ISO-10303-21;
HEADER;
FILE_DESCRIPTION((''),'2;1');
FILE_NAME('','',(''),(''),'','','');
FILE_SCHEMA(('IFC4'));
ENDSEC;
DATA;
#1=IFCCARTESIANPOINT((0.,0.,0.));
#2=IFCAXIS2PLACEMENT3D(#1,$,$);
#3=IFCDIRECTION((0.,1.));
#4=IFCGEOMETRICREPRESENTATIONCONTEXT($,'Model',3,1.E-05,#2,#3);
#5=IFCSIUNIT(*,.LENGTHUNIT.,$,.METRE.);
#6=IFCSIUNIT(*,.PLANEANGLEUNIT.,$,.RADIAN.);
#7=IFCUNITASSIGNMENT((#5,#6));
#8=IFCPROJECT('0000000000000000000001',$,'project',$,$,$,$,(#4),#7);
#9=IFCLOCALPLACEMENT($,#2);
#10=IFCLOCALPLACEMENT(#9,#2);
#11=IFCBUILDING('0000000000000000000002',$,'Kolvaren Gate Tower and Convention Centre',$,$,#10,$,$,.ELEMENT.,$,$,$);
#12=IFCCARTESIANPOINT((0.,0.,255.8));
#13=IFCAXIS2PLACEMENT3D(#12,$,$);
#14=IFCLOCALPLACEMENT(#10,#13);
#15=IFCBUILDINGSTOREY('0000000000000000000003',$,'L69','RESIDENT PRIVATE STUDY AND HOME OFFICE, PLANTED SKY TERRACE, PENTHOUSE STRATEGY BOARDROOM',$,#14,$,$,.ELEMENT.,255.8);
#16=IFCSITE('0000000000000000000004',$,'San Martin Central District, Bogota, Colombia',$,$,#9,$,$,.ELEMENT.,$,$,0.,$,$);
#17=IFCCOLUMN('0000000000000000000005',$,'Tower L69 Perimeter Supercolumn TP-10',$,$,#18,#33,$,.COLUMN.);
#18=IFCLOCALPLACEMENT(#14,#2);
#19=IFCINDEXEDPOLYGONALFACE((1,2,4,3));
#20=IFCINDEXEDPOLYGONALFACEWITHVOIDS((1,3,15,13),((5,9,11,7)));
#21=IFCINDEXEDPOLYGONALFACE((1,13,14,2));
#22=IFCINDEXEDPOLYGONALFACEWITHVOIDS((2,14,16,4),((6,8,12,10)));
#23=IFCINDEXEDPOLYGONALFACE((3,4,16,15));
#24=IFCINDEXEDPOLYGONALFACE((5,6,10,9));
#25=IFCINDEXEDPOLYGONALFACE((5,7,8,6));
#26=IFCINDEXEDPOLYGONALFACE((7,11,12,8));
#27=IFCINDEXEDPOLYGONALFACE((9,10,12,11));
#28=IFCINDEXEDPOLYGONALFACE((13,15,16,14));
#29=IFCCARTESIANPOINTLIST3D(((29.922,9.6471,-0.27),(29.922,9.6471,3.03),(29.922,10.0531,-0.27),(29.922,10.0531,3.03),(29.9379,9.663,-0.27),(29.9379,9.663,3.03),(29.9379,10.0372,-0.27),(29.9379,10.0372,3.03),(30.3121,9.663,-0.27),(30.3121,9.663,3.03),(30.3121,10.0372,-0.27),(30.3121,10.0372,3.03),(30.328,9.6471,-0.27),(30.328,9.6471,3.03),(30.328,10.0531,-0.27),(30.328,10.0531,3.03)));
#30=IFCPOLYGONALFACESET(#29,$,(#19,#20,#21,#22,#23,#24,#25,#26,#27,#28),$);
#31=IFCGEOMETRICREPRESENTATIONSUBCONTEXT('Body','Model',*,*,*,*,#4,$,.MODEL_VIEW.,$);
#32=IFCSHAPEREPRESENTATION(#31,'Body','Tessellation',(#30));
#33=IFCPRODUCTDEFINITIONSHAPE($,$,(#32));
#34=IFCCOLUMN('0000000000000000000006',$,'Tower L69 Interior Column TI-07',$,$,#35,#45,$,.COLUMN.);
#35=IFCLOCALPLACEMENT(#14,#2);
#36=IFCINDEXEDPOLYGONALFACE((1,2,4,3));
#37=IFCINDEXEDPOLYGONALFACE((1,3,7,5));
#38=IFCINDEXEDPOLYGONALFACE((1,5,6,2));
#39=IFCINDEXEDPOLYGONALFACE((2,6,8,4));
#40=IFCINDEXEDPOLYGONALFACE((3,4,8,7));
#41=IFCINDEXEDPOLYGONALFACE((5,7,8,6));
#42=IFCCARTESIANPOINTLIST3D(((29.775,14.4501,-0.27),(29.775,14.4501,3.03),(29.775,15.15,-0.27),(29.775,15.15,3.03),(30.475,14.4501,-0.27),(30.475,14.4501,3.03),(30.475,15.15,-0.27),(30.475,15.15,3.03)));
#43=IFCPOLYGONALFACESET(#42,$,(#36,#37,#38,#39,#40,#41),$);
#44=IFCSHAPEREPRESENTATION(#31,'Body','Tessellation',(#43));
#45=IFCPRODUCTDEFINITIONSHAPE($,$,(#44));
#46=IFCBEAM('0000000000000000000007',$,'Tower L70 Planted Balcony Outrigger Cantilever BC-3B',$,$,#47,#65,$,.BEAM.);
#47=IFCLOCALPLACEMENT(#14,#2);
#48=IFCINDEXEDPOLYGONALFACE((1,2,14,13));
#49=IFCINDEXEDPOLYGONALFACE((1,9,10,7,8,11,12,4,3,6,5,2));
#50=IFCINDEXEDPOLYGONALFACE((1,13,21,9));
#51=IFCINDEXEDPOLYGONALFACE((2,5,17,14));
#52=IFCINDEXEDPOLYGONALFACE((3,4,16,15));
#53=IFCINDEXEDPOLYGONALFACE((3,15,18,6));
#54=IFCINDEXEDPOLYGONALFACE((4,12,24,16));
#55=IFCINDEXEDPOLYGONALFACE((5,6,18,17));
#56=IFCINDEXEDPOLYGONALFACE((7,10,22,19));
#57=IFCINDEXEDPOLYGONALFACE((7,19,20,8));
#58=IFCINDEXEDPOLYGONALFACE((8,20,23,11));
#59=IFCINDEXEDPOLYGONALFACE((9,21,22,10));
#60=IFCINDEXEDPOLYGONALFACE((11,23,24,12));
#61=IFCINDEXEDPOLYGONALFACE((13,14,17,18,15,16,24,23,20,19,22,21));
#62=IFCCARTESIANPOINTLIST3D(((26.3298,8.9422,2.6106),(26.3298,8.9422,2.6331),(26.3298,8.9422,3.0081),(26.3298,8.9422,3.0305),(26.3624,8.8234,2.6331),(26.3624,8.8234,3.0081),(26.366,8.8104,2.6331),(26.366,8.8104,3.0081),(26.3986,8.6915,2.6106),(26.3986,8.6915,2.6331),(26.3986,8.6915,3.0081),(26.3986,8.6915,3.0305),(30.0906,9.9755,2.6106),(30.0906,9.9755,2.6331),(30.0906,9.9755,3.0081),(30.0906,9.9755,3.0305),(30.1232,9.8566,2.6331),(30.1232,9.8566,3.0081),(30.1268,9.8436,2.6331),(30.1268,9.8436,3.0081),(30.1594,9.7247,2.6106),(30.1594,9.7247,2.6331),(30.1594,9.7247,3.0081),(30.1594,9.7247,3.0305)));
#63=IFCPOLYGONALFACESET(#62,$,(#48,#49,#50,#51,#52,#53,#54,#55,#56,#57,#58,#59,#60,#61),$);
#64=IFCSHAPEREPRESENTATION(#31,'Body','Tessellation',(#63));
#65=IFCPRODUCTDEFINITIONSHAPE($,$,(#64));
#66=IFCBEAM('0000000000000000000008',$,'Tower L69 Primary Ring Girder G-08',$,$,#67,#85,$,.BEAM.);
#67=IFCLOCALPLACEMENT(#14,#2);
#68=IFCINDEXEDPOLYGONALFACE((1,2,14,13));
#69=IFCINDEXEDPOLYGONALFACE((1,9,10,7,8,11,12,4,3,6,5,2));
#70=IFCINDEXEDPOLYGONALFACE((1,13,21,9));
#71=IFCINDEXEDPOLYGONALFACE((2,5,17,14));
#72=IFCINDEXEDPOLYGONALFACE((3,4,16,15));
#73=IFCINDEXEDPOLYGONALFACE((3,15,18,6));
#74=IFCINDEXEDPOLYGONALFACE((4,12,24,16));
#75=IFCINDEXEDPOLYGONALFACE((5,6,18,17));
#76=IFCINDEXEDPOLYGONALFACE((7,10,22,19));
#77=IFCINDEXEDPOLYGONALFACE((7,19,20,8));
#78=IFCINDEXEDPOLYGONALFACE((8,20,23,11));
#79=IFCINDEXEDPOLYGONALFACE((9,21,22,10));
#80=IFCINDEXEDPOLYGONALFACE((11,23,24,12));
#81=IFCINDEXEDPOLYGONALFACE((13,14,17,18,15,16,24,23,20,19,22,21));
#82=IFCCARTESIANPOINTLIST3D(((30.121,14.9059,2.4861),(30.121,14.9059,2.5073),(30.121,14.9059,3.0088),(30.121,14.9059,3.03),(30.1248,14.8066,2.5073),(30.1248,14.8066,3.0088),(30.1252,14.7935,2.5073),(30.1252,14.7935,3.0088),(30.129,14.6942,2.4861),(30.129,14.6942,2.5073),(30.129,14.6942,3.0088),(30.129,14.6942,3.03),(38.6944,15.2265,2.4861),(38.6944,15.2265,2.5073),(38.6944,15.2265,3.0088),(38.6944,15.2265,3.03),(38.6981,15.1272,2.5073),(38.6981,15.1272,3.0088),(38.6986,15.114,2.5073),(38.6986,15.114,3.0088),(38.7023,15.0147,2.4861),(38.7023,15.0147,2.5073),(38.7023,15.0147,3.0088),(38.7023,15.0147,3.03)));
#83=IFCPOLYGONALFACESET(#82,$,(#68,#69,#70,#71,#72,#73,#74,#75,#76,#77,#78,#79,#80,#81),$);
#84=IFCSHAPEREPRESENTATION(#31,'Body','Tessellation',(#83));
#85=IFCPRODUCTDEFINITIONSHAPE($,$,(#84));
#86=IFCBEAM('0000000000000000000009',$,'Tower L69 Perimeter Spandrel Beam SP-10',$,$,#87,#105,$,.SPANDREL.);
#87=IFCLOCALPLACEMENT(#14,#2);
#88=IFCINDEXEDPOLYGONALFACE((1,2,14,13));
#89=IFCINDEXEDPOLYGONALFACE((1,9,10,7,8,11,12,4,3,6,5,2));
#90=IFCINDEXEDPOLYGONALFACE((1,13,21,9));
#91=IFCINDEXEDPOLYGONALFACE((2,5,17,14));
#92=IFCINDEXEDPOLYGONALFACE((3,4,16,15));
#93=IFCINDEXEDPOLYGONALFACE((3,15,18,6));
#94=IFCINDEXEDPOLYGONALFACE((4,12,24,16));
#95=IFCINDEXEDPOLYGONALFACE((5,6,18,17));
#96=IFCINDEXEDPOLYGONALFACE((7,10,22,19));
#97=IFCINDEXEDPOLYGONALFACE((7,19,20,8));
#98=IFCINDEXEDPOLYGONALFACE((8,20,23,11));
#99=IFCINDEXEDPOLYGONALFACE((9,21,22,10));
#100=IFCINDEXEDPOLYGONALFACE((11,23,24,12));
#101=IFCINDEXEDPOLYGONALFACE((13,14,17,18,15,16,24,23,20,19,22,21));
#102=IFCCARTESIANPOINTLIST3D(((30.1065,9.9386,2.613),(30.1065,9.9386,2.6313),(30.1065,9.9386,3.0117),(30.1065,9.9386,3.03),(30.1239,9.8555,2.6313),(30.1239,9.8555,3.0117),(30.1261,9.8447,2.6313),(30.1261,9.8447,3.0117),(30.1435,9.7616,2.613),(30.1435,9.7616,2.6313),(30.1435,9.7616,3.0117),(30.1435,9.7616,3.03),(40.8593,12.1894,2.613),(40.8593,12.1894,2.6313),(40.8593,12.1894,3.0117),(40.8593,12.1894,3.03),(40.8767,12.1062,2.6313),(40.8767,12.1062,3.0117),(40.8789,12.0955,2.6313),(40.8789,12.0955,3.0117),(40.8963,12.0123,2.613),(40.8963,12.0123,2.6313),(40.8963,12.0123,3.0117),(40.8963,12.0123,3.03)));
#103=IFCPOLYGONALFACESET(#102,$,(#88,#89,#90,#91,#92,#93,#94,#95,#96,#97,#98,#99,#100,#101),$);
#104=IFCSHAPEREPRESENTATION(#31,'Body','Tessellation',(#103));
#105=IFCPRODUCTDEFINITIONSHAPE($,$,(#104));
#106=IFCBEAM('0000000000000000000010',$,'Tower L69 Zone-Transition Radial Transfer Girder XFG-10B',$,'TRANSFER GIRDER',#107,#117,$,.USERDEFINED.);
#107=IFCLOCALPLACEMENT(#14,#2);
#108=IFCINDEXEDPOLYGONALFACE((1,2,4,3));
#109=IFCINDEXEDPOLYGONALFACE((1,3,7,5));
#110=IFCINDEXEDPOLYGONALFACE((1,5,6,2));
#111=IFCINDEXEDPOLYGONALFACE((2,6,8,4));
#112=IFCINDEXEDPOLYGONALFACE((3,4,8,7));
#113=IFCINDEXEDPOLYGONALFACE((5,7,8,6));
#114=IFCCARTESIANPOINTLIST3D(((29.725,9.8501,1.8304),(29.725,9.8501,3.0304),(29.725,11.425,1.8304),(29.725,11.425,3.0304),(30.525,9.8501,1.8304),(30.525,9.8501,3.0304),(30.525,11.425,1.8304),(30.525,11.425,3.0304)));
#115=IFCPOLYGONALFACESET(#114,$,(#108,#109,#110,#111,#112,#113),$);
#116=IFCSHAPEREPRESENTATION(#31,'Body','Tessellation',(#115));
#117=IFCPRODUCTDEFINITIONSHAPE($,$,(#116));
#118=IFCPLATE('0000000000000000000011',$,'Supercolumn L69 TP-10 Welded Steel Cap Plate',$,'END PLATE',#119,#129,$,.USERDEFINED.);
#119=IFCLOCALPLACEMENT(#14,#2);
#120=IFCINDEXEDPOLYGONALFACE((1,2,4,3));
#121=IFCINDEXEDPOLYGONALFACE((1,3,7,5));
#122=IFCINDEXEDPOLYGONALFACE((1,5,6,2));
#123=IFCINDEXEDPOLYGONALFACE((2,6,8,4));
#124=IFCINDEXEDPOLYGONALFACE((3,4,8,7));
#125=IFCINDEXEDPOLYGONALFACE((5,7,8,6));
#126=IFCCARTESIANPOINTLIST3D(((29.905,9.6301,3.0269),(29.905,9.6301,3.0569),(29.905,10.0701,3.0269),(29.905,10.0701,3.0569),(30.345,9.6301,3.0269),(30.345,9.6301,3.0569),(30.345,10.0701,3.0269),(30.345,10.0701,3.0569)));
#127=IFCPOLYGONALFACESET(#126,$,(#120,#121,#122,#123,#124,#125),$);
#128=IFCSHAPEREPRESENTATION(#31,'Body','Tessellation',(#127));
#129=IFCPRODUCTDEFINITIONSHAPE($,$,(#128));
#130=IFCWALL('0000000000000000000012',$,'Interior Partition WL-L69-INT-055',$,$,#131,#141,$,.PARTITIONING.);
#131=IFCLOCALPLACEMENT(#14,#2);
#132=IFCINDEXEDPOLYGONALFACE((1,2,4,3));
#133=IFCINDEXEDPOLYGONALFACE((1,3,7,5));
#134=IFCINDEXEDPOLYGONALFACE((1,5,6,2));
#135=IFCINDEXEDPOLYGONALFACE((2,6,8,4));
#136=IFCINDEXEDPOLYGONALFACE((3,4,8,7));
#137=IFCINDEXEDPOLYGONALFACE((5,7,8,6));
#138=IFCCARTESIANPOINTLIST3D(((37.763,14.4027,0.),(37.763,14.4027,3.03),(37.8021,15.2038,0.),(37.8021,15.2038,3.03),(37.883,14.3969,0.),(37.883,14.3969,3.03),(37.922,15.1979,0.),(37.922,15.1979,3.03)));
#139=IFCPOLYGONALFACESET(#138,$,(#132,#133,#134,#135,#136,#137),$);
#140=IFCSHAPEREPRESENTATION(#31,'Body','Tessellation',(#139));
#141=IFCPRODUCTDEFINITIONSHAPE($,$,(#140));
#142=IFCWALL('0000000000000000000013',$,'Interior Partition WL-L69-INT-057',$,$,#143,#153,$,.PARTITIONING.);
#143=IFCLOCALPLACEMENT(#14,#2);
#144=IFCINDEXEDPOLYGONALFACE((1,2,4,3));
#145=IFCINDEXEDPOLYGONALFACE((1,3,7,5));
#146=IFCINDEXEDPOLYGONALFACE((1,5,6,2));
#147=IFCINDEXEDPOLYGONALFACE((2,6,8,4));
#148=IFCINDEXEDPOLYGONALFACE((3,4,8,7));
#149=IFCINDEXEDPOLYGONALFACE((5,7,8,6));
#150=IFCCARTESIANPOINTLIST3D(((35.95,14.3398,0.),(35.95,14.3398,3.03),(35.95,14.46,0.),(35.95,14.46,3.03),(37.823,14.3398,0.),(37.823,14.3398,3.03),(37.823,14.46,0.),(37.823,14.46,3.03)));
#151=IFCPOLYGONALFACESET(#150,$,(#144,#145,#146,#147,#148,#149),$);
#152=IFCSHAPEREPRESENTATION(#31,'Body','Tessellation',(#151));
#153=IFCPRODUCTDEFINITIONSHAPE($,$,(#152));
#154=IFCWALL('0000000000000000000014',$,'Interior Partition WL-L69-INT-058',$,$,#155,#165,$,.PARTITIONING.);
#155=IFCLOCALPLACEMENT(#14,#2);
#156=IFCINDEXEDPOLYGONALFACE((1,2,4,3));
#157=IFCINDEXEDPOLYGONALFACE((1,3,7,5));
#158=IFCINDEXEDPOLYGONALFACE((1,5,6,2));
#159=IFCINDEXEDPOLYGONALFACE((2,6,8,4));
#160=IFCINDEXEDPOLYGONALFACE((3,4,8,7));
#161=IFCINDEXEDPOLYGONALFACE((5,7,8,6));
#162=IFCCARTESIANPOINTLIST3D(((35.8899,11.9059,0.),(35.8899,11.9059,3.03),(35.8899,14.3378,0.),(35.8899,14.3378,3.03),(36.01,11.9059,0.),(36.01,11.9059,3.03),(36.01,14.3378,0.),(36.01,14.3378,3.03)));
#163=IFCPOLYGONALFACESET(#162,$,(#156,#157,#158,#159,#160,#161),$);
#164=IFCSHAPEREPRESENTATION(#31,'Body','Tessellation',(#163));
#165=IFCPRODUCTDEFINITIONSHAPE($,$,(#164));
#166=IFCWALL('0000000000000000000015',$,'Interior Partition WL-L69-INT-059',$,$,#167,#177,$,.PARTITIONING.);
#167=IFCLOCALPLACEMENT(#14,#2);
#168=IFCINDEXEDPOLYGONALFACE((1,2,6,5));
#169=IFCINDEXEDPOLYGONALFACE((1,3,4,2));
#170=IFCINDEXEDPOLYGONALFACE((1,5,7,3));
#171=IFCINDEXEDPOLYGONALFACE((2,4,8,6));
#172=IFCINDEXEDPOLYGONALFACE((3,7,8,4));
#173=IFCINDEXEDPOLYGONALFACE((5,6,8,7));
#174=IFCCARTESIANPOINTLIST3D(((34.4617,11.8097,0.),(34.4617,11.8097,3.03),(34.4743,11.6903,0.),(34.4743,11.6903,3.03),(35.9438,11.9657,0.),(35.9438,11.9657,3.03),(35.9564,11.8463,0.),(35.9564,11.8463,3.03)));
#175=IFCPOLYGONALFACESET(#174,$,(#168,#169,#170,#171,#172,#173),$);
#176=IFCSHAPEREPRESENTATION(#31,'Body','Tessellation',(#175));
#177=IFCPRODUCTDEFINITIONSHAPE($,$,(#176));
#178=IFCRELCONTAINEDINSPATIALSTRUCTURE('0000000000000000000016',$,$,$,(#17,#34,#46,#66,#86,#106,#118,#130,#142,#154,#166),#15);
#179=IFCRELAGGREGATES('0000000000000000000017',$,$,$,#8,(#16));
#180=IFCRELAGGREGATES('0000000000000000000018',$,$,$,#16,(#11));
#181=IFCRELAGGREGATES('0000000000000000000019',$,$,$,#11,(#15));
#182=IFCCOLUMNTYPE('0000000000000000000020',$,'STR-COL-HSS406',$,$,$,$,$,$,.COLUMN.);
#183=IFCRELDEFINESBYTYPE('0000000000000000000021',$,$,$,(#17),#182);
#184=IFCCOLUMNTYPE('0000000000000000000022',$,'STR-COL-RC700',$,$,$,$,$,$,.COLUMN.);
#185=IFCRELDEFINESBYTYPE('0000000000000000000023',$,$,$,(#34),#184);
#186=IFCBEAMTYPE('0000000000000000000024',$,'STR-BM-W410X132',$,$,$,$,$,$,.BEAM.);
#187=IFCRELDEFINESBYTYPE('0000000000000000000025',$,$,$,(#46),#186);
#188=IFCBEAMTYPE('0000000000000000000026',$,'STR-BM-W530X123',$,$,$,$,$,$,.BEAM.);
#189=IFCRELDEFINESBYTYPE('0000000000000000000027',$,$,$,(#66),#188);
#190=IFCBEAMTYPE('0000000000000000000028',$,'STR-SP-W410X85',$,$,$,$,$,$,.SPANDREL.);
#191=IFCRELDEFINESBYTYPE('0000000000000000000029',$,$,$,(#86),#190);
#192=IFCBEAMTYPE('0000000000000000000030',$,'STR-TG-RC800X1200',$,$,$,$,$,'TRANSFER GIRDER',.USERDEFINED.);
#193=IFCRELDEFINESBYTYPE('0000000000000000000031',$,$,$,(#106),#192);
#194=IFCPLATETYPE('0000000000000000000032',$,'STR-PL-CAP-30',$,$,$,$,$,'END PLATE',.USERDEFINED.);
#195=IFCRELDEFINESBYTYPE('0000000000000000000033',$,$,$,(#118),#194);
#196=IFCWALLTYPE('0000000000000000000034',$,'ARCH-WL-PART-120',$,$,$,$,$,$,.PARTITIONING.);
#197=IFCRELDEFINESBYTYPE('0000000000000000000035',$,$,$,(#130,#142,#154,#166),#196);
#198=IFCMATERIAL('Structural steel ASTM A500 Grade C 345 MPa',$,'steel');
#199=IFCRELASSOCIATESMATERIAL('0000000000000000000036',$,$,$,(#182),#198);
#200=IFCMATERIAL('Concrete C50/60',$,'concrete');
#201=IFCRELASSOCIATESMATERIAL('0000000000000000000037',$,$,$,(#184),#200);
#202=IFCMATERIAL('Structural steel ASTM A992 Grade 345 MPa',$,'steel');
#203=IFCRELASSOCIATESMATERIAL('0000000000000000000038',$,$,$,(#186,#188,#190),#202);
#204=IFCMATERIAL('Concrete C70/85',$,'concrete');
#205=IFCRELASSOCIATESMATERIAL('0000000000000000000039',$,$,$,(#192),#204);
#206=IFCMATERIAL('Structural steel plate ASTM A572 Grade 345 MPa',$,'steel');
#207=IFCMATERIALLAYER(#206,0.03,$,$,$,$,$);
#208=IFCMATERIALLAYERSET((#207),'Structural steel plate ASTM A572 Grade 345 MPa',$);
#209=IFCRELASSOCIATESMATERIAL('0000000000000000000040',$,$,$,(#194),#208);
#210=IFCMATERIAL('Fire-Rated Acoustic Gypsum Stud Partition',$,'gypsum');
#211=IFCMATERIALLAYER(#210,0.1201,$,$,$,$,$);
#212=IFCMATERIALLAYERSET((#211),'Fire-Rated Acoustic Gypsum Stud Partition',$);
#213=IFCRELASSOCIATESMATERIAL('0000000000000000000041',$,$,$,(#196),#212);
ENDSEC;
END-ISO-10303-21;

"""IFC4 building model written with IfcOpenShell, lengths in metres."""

from ifc_helpers import new_model, si_unit, direction, frame, frame_2d, origin, origin_2d, place, context, subcontext, project, spatial, rectangle, hollow_rectangle, i_section, extrude, material, layer, layer_set, material_profile, profile_set, type_object, element, save


model = new_model("IFC4")

# Units and contexts
model_context = context("Model", 3, precision=1e-05, world=origin(), true_north=direction((0.0, 1.0)))
body_context = subcontext(model_context, "Body", "Model", "MODEL_VIEW")
ifc_project = project(units=[si_unit("LENGTHUNIT", "METRE"), si_unit("PLANEANGLEUNIT", "RADIAN")], contexts=[model_context])

# Site, building, storey
site_placement = place(None, origin())
site = spatial("IfcSite", under=ifc_project, at=site_placement, Name="San Martin Central District, Bogota, Colombia", CompositionType="ELEMENT", RefElevation=0.0)
building_placement = place(site_placement, origin())
building = spatial("IfcBuilding", under=site, at=building_placement, Name="Kolvaren Gate Tower and Convention Centre", CompositionType="ELEMENT")
storey_placement = place(building_placement, frame((0.0, 0.0, 255.8)))
storey = spatial("IfcBuildingStorey", under=building, at=storey_placement, Name="L69", Description="RESIDENT PRIVATE STUDY AND HOME OFFICE, PLANTED SKY TERRACE, PENTHOUSE STRATEGY BOARDROOM", CompositionType="ELEMENT", Elevation=255.8)

# Columns
ifc_material_1 = material(Name="Structural steel ASTM A500 Grade C 345 MPa", Category="steel")
ifc_material_profile_1 = material_profile(ifc_material_1, hollow_rectangle(XDim=0.406, YDim=0.406, WallThickness=0.0159, at=origin_2d()), Name="HSS406X406X15.9")
ifc_profile_set_1 = profile_set([ifc_material_profile_1], Name="Structural steel ASTM A500 Grade C 345 MPa")
column_type_1 = type_object("IfcColumnType", Name="STR-COL-HSS406", PredefinedType="COLUMN", material=ifc_profile_set_1)
column_1_placement = place(storey_placement, frame((30.125, 9.8501, -0.27), z_axis=(0.0, 0.0, 1.0), x_axis=(1.0, 0.0, 0.0)))
element("IfcColumn", 1, at=column_1_placement, inside=storey, type_object=column_type_1, Name="Tower L69 Perimeter Supercolumn TP-10", PredefinedType="COLUMN", context=body_context, shape_type="SweptSolid", body=[
    extrude(hollow_rectangle(XDim=0.406, YDim=0.406, WallThickness=0.0159, at=origin_2d()), origin(), (0.0, 0.0, 1.0), 3.3),
])
ifc_material_2 = material(Name="Concrete C50/60", Category="concrete")
ifc_material_profile_2 = material_profile(ifc_material_2, rectangle(XDim=0.7, YDim=0.7, at=origin_2d()), Name="RC-COL-700X700")
ifc_profile_set_2 = profile_set([ifc_material_profile_2], Name="Concrete C50/60")
column_type_2 = type_object("IfcColumnType", Name="STR-COL-RC700", PredefinedType="COLUMN", material=ifc_profile_set_2)
column_2_placement = place(storey_placement, frame((30.125, 14.8, -0.27), z_axis=(0.0, 0.0, 1.0), x_axis=(1.0, 0.0, 0.0)))
element("IfcColumn", 2, at=column_2_placement, inside=storey, type_object=column_type_2, Name="Tower L69 Interior Column TI-07", PredefinedType="COLUMN", context=body_context, shape_type="SweptSolid", body=[
    extrude(rectangle(XDim=0.7, YDim=0.7, at=origin_2d()), origin(), (0.0, 0.0, 1.0), 3.3),
])

# Beams
ifc_material_3 = material(Name="Structural steel ASTM A992 Grade 345 MPa", Category="steel")
ifc_material_profile_3 = material_profile(ifc_material_3, i_section(OverallWidth=0.26, OverallDepth=0.4199, WebThickness=0.0134, FlangeThickness=0.0225, at=origin_2d()), Name="W410X132")
ifc_profile_set_3 = profile_set([ifc_material_profile_3], Name="Structural steel ASTM A992 Grade 345 MPa")
beam_type_1 = type_object("IfcBeamType", Name="STR-BM-W410X132", PredefinedType="BEAM", material=ifc_profile_set_3)
beam_1_placement = place(storey_placement, frame((30.125, 9.8501, 2.8206), z_axis=(-0.964271, -0.264918, 0.0), x_axis=(0.264918, -0.964271, 0.0)))
element("IfcBeam", 3, at=beam_1_placement, inside=storey, type_object=beam_type_1, Name="Tower L70 Planted Balcony Outrigger Cantilever BC-3B", PredefinedType="BEAM", context=body_context, shape_type="SweptSolid", body=[
    extrude(i_section(OverallWidth=0.26, OverallDepth=0.4199, WebThickness=0.0134, FlangeThickness=0.0225, at=origin_2d()), origin(), (0.0, 0.0, 1.0), 3.9001),
])
ifc_material_profile_4 = material_profile(ifc_material_3, i_section(OverallWidth=0.2119, OverallDepth=0.5439, WebThickness=0.0132, FlangeThickness=0.0212, at=origin_2d()), Name="W530X123")
ifc_profile_set_4 = profile_set([ifc_material_profile_4], Name="Structural steel ASTM A992 Grade 345 MPa")
beam_type_2 = type_object("IfcBeamType", Name="STR-BM-W530X123", PredefinedType="BEAM", material=ifc_profile_set_4)
beam_2_placement = place(storey_placement, frame((30.125, 14.8, 2.7581), z_axis=(0.999302, 0.037364, 0.0), x_axis=(-0.037364, 0.999302, 0.0)))
element("IfcBeam", 4, at=beam_2_placement, inside=storey, type_object=beam_type_2, Name="Tower L69 Primary Ring Girder G-08", PredefinedType="BEAM", context=body_context, shape_type="SweptSolid", body=[
    extrude(i_section(OverallWidth=0.2119, OverallDepth=0.5439, WebThickness=0.0132, FlangeThickness=0.0212, at=origin_2d()), origin(), (0.0, 0.0, 1.0), 8.5793),
])
ifc_material_profile_5 = material_profile(ifc_material_3, i_section(OverallWidth=0.1809, OverallDepth=0.417, WebThickness=0.011, FlangeThickness=0.0183, at=origin_2d()), Name="W410X85")
ifc_profile_set_5 = profile_set([ifc_material_profile_5], Name="Structural steel ASTM A992 Grade 345 MPa")
beam_type_3 = type_object("IfcBeamType", Name="STR-SP-W410X85", PredefinedType="SPANDREL", material=ifc_profile_set_5)
beam_3_placement = place(storey_placement, frame((30.125, 9.8501, 2.8215), z_axis=(0.978788, 0.204878, 0.0), x_axis=(-0.204878, 0.978788, 0.0)))
element("IfcBeam", 5, at=beam_3_placement, inside=storey, type_object=beam_type_3, Name="Tower L69 Perimeter Spandrel Beam SP-10", PredefinedType="SPANDREL", context=body_context, shape_type="SweptSolid", body=[
    extrude(i_section(OverallWidth=0.1809, OverallDepth=0.417, WebThickness=0.011, FlangeThickness=0.0183, at=origin_2d()), origin(), (0.0, 0.0, 1.0), 10.9858),
])
ifc_material_4 = material(Name="Concrete C70/85", Category="concrete")
ifc_material_profile_6 = material_profile(ifc_material_4, rectangle(XDim=0.8, YDim=1.2, at=origin_2d()), Name="RC-BM-800X1200")
ifc_profile_set_6 = profile_set([ifc_material_profile_6], Name="Concrete C70/85")
beam_type_4 = type_object("IfcBeamType", Name="STR-TG-RC800X1200", ElementType="TRANSFER GIRDER", PredefinedType="USERDEFINED", material=ifc_profile_set_6)
beam_4_placement = place(storey_placement, frame((30.125, 11.425, 2.4304), z_axis=(0.0, -1.0, 0.0), x_axis=(1.0, 0.0, 0.0)))
element("IfcBeam", 6, at=beam_4_placement, inside=storey, type_object=beam_type_4, Name="Tower L69 Zone-Transition Radial Transfer Girder XFG-10B", ObjectType="TRANSFER GIRDER", PredefinedType="USERDEFINED", context=body_context, shape_type="SweptSolid", body=[
    extrude(rectangle(XDim=0.8, YDim=1.2, at=origin_2d()), origin(), (0.0, 0.0, 1.0), 1.575),
])

# Plate
ifc_material_5 = material(Name="Structural steel plate ASTM A572 Grade 345 MPa", Category="steel")
ifc_layer_1 = layer(ifc_material_5, 0.03)
ifc_layer_set_1 = layer_set([ifc_layer_1], Name="Structural steel plate ASTM A572 Grade 345 MPa")
plate_type = type_object("IfcPlateType", Name="STR-PL-CAP-30", ElementType="END PLATE", PredefinedType="USERDEFINED", material=ifc_layer_set_1)
plate_placement = place(storey_placement, frame((30.125, 9.8501, 3.0269), z_axis=(0.0, 0.0, 1.0), x_axis=(1.0, 0.0, 0.0)))
element("IfcPlate", 7, at=plate_placement, inside=storey, type_object=plate_type, Name="Supercolumn L69 TP-10 Welded Steel Cap Plate", ObjectType="END PLATE", PredefinedType="USERDEFINED", context=body_context, shape_type="SweptSolid", body=[
    extrude(rectangle(XDim=0.4399, YDim=0.4399, at=origin_2d()), origin(), (0.0, 0.0, 1.0), 0.03),
])

# Walls
ifc_material_6 = material(Name="Fire-Rated Acoustic Gypsum Stud Partition", Category="gypsum")
ifc_layer_2 = layer(ifc_material_6, 0.1201)
ifc_layer_set_2 = layer_set([ifc_layer_2], Name="Fire-Rated Acoustic Gypsum Stud Partition")
wall_type_1 = type_object("IfcWallType", Name="ARCH-WL-PART-120", PredefinedType="PARTITIONING", material=ifc_layer_set_2)
wall_1_placement = place(storey_placement, frame((37.823, 14.3999, 0.0), z_axis=(0.0, 0.0, 1.0), x_axis=(0.048708, 0.998813, 0.0)))
element("IfcWall", 8, at=wall_1_placement, inside=storey, type_object=wall_type_1, Name="Interior Partition WL-L69-INT-055", PredefinedType="PARTITIONING", context=body_context, shape_type="SweptSolid", body=[
    extrude(rectangle(XDim=0.802, YDim=0.1201, at=frame_2d((0.4009, 0.0))), origin(), (0.0, 0.0, 1.0), 3.03),
])
wall_2_placement = place(storey_placement, frame((35.95, 14.3999, 0.0), z_axis=(0.0, 0.0, 1.0), x_axis=(1.0, 0.0, 0.0)))
element("IfcWall", 9, at=wall_2_placement, inside=storey, type_object=wall_type_1, Name="Interior Partition WL-L69-INT-057", PredefinedType="PARTITIONING", context=body_context, shape_type="SweptSolid", body=[
    extrude(rectangle(XDim=1.873, YDim=0.1201, at=frame_2d((0.9365, 0.0))), origin(), (0.0, 0.0, 1.0), 3.03),
])
wall_3_placement = place(storey_placement, frame((35.95, 11.906, 0.0), z_axis=(0.0, 0.0, 1.0), x_axis=(0.0, 1.0, 0.0)))
element("IfcWall", 10, at=wall_3_placement, inside=storey, type_object=wall_type_1, Name="Interior Partition WL-L69-INT-058", PredefinedType="PARTITIONING", context=body_context, shape_type="SweptSolid", body=[
    extrude(rectangle(XDim=2.4319, YDim=0.1201, at=frame_2d((1.2158, 0.0))), origin(), (0.0, 0.0, 1.0), 3.03),
])
wall_4_placement = place(storey_placement, frame((34.468, 11.75, 0.0), z_axis=(0.0, 0.0, 1.0), x_axis=(0.994505, 0.104693, 0.0)))
element("IfcWall", 11, at=wall_4_placement, inside=storey, type_object=wall_type_1, Name="Interior Partition WL-L69-INT-059", PredefinedType="PARTITIONING", context=body_context, shape_type="SweptSolid", body=[
    extrude(rectangle(XDim=1.4902, YDim=0.1201, at=frame_2d((0.7451, 0.0))), origin(), (0.0, 0.0, 1.0), 3.03),
])

save(model, "model.ifc")
